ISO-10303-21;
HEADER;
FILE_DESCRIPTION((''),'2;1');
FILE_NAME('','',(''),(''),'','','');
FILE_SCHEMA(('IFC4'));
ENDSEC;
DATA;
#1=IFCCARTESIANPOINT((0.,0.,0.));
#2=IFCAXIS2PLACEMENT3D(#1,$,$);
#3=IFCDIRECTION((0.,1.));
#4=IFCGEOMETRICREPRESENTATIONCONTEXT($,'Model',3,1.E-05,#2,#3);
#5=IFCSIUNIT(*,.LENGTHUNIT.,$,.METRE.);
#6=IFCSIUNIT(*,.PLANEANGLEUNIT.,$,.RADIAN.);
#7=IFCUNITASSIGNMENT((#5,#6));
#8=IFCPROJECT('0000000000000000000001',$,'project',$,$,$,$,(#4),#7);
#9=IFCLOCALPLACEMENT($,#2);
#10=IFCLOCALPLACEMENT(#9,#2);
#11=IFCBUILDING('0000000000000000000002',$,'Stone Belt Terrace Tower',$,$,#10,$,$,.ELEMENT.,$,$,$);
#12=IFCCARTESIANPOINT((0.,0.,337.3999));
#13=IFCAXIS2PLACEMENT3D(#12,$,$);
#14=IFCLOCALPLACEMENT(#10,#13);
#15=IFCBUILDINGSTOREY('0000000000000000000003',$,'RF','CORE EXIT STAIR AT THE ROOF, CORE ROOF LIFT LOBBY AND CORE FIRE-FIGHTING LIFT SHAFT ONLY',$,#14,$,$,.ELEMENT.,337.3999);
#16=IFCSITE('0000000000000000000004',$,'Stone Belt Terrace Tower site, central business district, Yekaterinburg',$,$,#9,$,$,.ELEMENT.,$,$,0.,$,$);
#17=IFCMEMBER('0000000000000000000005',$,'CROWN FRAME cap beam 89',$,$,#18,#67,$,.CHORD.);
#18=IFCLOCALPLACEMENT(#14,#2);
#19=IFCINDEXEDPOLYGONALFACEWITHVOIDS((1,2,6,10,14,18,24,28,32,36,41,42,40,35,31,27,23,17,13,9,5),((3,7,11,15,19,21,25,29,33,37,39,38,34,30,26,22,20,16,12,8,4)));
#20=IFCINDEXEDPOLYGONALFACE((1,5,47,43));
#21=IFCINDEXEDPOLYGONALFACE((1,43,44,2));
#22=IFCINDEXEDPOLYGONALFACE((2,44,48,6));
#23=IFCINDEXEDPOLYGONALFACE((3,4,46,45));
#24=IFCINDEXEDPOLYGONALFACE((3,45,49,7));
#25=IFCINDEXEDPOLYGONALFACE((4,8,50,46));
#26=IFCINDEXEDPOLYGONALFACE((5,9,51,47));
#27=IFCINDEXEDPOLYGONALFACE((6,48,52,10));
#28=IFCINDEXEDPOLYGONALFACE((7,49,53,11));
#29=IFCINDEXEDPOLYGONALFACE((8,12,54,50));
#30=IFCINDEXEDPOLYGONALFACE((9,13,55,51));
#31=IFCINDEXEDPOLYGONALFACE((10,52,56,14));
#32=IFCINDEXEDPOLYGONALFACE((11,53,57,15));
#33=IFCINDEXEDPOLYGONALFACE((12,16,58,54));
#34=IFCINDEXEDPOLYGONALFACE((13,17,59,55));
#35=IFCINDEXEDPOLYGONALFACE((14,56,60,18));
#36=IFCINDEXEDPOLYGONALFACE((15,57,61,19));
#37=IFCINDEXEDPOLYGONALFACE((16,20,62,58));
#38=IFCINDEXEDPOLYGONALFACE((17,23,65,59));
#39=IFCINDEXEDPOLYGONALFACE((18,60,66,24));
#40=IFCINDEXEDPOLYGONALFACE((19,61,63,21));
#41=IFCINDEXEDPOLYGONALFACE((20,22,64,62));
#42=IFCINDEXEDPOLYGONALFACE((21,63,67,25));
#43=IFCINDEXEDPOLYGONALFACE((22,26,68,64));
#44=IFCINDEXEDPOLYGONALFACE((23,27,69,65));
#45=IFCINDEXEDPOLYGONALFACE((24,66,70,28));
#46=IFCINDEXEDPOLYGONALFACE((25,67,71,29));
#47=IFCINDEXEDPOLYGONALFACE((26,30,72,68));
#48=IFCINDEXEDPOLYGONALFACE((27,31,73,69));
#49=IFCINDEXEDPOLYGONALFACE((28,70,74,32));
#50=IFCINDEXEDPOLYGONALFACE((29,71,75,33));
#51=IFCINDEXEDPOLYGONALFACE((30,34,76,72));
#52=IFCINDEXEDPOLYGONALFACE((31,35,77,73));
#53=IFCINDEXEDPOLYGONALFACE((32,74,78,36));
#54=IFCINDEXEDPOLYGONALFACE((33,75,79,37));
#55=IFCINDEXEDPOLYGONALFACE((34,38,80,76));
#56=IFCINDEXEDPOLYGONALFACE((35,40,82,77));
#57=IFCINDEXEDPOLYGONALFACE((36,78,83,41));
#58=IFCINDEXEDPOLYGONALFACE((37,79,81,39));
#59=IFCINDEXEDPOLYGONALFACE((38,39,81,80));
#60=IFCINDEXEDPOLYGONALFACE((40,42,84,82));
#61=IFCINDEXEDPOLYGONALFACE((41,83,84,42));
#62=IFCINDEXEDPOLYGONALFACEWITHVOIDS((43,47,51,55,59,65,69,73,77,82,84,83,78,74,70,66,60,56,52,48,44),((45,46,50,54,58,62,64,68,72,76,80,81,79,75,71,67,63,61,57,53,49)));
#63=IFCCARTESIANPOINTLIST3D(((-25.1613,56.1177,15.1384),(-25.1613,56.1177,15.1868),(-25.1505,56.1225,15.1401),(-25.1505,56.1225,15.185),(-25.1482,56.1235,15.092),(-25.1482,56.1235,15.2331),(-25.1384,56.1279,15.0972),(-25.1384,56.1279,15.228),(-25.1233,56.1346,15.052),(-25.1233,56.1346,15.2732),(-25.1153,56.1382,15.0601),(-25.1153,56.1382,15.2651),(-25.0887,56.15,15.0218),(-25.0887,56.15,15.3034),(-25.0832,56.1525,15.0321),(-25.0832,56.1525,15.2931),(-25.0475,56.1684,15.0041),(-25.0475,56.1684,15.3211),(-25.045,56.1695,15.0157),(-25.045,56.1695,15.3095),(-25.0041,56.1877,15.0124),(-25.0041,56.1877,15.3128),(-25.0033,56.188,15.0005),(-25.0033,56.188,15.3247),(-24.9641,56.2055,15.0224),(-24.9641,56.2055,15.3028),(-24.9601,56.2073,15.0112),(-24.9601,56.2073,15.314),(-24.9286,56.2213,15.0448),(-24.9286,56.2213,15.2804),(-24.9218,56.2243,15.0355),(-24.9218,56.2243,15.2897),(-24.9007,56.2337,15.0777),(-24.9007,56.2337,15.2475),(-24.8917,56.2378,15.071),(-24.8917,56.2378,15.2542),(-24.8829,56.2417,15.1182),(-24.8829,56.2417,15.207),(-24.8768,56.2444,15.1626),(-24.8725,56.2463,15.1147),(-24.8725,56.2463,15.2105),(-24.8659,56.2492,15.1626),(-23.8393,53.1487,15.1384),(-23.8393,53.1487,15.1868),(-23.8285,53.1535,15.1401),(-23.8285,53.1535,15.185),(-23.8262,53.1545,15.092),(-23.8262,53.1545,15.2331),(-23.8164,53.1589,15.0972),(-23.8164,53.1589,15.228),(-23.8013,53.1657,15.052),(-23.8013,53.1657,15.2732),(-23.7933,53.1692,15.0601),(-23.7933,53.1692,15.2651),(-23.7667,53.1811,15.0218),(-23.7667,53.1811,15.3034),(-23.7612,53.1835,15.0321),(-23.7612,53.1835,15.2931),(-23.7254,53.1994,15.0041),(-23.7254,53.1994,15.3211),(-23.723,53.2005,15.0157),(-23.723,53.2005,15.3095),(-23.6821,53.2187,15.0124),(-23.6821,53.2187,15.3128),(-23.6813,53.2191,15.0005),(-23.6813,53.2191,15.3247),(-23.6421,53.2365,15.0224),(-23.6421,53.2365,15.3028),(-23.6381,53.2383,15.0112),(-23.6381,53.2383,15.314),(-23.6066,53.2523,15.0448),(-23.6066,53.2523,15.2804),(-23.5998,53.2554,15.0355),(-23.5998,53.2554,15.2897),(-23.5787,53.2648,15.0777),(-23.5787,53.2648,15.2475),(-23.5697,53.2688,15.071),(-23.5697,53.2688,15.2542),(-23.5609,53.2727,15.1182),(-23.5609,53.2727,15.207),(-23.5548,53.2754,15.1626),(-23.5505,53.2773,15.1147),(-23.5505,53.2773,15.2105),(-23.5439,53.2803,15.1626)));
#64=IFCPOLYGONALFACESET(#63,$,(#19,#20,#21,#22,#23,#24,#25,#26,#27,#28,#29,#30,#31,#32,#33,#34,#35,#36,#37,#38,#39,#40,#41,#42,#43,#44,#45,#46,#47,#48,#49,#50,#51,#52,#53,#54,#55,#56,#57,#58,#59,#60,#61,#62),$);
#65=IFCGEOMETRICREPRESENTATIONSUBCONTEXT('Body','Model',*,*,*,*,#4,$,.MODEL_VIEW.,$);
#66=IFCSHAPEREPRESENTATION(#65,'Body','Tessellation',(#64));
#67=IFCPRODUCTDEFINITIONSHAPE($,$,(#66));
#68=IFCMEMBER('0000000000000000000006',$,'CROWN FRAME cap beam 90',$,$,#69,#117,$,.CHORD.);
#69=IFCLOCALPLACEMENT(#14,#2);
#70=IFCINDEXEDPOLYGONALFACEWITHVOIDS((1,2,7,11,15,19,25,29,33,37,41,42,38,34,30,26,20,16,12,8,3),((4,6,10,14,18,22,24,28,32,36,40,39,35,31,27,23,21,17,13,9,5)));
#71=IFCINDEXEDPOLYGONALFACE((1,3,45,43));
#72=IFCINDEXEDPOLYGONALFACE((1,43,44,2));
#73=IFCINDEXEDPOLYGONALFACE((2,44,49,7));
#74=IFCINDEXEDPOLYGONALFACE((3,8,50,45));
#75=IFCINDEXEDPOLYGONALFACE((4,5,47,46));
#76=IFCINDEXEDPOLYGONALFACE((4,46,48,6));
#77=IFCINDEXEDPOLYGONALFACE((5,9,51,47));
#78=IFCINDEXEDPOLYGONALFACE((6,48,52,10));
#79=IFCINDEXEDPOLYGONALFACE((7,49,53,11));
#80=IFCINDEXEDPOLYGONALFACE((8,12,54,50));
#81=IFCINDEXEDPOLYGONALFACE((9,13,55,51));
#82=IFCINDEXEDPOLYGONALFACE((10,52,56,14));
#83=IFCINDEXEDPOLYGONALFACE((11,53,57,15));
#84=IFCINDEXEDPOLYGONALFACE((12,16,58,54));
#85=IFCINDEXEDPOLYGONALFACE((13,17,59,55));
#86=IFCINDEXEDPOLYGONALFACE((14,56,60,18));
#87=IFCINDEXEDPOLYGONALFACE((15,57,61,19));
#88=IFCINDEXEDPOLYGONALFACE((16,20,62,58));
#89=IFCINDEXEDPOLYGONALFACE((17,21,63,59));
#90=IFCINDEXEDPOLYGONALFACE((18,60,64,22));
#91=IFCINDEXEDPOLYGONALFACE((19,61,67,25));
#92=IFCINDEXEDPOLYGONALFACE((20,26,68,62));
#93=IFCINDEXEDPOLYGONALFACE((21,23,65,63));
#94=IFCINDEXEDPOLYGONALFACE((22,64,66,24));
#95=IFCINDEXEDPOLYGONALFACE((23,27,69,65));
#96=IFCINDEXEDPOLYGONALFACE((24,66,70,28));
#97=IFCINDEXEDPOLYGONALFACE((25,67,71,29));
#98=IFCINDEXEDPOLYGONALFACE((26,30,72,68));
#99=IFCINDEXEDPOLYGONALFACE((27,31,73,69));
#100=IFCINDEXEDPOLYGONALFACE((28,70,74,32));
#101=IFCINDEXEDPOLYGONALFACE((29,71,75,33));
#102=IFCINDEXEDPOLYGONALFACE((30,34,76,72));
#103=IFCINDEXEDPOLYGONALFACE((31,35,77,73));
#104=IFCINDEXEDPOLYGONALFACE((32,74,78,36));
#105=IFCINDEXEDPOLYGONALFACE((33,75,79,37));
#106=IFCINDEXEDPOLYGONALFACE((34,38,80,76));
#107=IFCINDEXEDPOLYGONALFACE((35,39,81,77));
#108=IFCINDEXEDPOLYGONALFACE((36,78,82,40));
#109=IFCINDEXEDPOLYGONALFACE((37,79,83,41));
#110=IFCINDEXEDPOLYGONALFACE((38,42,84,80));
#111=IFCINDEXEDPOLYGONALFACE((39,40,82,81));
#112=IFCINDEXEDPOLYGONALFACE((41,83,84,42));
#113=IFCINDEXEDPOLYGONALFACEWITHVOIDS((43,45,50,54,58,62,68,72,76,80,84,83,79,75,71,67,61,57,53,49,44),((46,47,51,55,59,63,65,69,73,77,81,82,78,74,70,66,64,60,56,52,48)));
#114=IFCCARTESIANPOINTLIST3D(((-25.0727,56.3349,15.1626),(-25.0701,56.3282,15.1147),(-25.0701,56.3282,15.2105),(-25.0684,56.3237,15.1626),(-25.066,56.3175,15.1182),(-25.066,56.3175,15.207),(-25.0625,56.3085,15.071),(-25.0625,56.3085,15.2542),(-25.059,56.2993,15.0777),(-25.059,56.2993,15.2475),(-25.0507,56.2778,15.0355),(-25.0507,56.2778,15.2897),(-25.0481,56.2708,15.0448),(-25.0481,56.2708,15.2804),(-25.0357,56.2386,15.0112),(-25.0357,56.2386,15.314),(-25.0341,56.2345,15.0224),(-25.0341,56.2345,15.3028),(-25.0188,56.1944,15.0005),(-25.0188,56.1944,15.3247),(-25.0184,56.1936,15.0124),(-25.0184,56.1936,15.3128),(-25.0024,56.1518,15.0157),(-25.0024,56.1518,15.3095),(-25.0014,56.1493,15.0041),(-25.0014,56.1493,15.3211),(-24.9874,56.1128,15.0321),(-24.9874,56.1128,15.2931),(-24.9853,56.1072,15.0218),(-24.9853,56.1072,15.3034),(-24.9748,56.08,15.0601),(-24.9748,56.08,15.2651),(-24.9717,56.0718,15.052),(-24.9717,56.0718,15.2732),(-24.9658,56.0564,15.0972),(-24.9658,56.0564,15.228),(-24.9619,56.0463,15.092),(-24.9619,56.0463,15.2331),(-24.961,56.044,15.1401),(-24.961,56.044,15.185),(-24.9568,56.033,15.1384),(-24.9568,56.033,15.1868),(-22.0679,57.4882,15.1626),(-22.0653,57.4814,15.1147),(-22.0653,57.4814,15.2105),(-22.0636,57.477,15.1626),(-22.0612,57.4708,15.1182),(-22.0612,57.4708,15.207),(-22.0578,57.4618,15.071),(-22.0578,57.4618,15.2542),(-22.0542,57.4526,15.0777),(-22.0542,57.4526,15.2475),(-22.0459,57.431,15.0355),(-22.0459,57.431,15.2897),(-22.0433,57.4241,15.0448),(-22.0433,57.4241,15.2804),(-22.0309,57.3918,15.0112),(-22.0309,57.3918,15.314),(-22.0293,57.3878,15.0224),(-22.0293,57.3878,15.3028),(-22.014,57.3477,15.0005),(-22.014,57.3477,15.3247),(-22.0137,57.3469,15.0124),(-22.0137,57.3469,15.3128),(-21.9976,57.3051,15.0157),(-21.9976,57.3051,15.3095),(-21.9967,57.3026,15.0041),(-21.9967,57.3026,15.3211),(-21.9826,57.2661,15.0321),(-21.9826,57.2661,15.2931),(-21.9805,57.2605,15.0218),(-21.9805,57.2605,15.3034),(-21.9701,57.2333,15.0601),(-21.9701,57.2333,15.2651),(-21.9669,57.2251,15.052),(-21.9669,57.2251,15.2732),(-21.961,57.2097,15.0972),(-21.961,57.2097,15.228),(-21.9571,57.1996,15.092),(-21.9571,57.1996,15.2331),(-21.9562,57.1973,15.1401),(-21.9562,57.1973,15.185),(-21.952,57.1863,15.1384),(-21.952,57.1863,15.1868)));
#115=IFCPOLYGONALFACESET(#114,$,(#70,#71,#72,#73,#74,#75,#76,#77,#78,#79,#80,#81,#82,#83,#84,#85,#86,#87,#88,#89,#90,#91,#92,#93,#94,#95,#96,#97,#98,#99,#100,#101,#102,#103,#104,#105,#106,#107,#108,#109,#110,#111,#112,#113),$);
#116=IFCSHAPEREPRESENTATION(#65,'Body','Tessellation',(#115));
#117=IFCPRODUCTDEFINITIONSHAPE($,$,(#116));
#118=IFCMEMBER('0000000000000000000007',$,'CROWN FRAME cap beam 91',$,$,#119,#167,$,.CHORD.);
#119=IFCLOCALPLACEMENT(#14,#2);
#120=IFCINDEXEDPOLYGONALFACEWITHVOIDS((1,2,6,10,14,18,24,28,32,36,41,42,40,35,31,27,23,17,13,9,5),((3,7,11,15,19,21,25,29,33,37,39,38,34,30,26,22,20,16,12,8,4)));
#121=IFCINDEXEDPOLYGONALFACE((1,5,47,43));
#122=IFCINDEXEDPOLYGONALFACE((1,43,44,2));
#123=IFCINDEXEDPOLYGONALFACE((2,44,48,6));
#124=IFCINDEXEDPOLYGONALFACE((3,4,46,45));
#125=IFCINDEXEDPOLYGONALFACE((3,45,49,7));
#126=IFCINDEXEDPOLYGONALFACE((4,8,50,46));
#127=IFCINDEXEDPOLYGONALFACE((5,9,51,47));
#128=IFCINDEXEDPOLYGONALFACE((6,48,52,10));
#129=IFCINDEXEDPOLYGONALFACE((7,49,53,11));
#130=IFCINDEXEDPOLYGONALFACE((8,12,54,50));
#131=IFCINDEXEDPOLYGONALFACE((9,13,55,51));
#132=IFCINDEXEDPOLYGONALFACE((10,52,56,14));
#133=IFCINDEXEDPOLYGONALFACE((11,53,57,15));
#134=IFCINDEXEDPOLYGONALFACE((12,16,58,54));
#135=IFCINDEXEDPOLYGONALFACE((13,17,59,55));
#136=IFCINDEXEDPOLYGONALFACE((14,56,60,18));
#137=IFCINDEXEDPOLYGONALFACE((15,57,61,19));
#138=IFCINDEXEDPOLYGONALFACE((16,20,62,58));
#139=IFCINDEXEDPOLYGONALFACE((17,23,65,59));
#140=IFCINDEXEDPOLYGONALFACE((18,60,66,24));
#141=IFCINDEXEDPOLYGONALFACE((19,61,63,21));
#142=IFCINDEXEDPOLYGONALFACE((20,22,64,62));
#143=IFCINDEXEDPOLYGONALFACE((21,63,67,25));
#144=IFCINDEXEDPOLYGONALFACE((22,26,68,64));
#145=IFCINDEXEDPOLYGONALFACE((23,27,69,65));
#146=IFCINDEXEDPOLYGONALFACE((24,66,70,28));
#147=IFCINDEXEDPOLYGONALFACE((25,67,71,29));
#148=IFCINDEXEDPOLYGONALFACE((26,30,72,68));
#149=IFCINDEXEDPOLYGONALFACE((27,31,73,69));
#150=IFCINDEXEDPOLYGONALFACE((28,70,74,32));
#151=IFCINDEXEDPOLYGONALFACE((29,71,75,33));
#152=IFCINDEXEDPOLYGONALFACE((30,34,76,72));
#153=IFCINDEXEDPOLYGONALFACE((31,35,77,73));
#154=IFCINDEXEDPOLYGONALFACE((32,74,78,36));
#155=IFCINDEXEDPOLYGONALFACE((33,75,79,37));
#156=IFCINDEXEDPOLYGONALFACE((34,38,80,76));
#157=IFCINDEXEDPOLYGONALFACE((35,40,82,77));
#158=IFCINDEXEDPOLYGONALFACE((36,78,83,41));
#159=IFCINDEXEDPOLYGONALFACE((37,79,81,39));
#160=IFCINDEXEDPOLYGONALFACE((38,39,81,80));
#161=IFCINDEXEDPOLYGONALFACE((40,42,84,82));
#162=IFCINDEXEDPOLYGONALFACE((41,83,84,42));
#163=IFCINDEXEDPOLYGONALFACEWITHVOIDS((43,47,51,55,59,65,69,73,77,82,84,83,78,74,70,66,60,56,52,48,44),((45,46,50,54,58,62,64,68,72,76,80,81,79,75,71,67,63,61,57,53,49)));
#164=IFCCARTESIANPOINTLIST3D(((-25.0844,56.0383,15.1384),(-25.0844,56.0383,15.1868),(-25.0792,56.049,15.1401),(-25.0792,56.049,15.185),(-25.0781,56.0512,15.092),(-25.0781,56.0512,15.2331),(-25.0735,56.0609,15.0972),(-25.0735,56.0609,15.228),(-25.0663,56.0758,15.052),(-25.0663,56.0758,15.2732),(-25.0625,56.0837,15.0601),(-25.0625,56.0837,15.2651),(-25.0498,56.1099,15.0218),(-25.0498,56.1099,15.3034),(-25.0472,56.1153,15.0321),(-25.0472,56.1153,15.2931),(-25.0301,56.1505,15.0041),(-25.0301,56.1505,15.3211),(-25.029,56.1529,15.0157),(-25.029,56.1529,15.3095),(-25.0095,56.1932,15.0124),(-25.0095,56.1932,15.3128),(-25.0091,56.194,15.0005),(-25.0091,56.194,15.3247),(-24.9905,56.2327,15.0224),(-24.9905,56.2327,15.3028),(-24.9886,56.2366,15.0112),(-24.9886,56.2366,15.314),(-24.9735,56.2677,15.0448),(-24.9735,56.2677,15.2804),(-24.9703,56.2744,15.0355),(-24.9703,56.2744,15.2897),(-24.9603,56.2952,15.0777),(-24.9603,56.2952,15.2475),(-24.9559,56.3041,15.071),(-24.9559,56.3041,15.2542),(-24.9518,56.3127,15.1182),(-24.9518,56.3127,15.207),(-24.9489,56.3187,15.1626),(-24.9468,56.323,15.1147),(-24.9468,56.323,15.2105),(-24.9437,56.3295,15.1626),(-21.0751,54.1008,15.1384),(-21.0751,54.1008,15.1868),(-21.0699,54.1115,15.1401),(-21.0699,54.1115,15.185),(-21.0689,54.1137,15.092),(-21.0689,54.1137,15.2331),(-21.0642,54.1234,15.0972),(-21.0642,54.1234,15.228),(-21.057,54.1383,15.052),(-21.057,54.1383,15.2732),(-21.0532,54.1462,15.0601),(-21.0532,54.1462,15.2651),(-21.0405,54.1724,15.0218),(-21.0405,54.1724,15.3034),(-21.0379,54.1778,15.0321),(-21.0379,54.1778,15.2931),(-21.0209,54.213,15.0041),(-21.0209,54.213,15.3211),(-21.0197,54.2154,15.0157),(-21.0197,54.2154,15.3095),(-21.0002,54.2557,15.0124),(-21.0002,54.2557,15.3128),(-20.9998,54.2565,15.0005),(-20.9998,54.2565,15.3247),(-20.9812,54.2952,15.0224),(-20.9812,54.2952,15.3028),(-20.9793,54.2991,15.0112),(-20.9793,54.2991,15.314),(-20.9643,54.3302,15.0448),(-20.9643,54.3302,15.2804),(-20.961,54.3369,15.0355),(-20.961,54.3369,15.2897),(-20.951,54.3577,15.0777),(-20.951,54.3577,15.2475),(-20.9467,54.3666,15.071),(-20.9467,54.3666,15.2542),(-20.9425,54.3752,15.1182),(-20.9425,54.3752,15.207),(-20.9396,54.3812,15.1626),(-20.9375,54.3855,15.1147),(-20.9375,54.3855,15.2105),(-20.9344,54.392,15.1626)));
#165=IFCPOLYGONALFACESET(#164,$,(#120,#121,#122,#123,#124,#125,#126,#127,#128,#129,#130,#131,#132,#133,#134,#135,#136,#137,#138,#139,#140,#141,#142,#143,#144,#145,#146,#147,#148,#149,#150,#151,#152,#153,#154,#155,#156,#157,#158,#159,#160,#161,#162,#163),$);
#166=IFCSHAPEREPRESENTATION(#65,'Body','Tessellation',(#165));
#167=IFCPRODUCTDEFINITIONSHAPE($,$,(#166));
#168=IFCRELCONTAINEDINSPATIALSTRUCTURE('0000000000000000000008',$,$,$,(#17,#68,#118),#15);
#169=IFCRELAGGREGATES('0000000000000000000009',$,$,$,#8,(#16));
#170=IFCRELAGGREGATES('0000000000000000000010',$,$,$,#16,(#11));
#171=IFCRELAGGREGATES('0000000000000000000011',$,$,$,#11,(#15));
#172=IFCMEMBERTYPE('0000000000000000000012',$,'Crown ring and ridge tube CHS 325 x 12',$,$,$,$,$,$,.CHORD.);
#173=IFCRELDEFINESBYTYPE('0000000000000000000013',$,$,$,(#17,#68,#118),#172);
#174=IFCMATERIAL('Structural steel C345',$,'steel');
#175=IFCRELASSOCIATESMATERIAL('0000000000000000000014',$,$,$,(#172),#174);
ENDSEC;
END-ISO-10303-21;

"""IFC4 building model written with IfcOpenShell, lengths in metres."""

from ifc_helpers import new_model, si_unit, direction, frame, origin, origin_2d, place, context, subcontext, project, spatial, hollow_circle, extrude, material, material_profile, profile_set, type_object, element, save


model = new_model("IFC4")

# Units and contexts
model_context = context("Model", 3, precision=1e-05, world=origin(), true_north=direction((0.0, 1.0)))
body_context = subcontext(model_context, "Body", "Model", "MODEL_VIEW")
ifc_project = project(units=[si_unit("LENGTHUNIT", "METRE"), si_unit("PLANEANGLEUNIT", "RADIAN")], contexts=[model_context])

# Site, building, storey
site_placement = place(None, origin())
site = spatial("IfcSite", under=ifc_project, at=site_placement, Name="Stone Belt Terrace Tower site, central business district, Yekaterinburg", CompositionType="ELEMENT", RefElevation=0.0)
building_placement = place(site_placement, origin())
building = spatial("IfcBuilding", under=site, at=building_placement, Name="Stone Belt Terrace Tower", CompositionType="ELEMENT")
storey_placement = place(building_placement, frame((0.0, 0.0, 337.3999)))
storey = spatial("IfcBuildingStorey", under=building, at=storey_placement, Name="RF", Description="CORE EXIT STAIR AT THE ROOF, CORE ROOF LIFT LOBBY AND CORE FIRE-FIGHTING LIFT SHAFT ONLY", CompositionType="ELEMENT", Elevation=337.3999)

# Members
ifc_material_1 = material(Name="Structural steel C345", Category="steel")
ifc_material_profile_1 = material_profile(ifc_material_1, hollow_circle(Radius=0.1626, WallThickness=0.012, at=origin_2d()), Name="Structural steel C345 CHS 325x12")
ifc_profile_set_1 = profile_set([ifc_material_profile_1], Name="Structural steel C345")
member_type_1 = type_object("IfcMemberType", Name="Crown ring and ridge tube CHS 325 x 12", PredefinedType="CHORD", material=ifc_profile_set_1)
member_1_placement = place(storey_placement, frame((-25.0144, 56.1831, 15.1626), z_axis=(0.406773, -0.913529, 0.0), x_axis=(0.913529, 0.406773, 0.0)))
element("IfcMember", 1, at=member_1_placement, inside=storey, type_object=member_type_1, Name="CROWN FRAME cap beam 89", PredefinedType="CHORD", context=body_context, shape_type="SweptSolid", body=[
    extrude(hollow_circle(Radius=0.1626, WallThickness=0.012, at=origin_2d()), origin(), (0.0, 0.0, 1.0), 3.25),
])
member_2_placement = place(storey_placement, frame((-25.0144, 56.1831, 15.1626), z_axis=(0.933596, 0.358328, 0.0), x_axis=(-0.358328, 0.933596, 0.0)))
element("IfcMember", 2, at=member_2_placement, inside=storey, type_object=member_type_1, Name="CROWN FRAME cap beam 90", PredefinedType="CHORD", context=body_context, shape_type="SweptSolid", body=[
    extrude(hollow_circle(Radius=0.1626, WallThickness=0.012, at=origin_2d()), origin(), (0.0, 0.0, 1.0), 3.2185),
])
member_3_placement = place(storey_placement, frame((-25.0144, 56.1831, 15.1626), z_axis=(0.900377, -0.435111, 0.0), x_axis=(0.435111, 0.900377, 0.0)))
element("IfcMember", 3, at=member_3_placement, inside=storey, type_object=member_type_1, Name="CROWN FRAME cap beam 91", PredefinedType="CHORD", context=body_context, shape_type="SweptSolid", body=[
    extrude(hollow_circle(Radius=0.1626, WallThickness=0.012, at=origin_2d()), origin(), (0.0, 0.0, 1.0), 4.4529),
])

save(model, "model.ifc")
